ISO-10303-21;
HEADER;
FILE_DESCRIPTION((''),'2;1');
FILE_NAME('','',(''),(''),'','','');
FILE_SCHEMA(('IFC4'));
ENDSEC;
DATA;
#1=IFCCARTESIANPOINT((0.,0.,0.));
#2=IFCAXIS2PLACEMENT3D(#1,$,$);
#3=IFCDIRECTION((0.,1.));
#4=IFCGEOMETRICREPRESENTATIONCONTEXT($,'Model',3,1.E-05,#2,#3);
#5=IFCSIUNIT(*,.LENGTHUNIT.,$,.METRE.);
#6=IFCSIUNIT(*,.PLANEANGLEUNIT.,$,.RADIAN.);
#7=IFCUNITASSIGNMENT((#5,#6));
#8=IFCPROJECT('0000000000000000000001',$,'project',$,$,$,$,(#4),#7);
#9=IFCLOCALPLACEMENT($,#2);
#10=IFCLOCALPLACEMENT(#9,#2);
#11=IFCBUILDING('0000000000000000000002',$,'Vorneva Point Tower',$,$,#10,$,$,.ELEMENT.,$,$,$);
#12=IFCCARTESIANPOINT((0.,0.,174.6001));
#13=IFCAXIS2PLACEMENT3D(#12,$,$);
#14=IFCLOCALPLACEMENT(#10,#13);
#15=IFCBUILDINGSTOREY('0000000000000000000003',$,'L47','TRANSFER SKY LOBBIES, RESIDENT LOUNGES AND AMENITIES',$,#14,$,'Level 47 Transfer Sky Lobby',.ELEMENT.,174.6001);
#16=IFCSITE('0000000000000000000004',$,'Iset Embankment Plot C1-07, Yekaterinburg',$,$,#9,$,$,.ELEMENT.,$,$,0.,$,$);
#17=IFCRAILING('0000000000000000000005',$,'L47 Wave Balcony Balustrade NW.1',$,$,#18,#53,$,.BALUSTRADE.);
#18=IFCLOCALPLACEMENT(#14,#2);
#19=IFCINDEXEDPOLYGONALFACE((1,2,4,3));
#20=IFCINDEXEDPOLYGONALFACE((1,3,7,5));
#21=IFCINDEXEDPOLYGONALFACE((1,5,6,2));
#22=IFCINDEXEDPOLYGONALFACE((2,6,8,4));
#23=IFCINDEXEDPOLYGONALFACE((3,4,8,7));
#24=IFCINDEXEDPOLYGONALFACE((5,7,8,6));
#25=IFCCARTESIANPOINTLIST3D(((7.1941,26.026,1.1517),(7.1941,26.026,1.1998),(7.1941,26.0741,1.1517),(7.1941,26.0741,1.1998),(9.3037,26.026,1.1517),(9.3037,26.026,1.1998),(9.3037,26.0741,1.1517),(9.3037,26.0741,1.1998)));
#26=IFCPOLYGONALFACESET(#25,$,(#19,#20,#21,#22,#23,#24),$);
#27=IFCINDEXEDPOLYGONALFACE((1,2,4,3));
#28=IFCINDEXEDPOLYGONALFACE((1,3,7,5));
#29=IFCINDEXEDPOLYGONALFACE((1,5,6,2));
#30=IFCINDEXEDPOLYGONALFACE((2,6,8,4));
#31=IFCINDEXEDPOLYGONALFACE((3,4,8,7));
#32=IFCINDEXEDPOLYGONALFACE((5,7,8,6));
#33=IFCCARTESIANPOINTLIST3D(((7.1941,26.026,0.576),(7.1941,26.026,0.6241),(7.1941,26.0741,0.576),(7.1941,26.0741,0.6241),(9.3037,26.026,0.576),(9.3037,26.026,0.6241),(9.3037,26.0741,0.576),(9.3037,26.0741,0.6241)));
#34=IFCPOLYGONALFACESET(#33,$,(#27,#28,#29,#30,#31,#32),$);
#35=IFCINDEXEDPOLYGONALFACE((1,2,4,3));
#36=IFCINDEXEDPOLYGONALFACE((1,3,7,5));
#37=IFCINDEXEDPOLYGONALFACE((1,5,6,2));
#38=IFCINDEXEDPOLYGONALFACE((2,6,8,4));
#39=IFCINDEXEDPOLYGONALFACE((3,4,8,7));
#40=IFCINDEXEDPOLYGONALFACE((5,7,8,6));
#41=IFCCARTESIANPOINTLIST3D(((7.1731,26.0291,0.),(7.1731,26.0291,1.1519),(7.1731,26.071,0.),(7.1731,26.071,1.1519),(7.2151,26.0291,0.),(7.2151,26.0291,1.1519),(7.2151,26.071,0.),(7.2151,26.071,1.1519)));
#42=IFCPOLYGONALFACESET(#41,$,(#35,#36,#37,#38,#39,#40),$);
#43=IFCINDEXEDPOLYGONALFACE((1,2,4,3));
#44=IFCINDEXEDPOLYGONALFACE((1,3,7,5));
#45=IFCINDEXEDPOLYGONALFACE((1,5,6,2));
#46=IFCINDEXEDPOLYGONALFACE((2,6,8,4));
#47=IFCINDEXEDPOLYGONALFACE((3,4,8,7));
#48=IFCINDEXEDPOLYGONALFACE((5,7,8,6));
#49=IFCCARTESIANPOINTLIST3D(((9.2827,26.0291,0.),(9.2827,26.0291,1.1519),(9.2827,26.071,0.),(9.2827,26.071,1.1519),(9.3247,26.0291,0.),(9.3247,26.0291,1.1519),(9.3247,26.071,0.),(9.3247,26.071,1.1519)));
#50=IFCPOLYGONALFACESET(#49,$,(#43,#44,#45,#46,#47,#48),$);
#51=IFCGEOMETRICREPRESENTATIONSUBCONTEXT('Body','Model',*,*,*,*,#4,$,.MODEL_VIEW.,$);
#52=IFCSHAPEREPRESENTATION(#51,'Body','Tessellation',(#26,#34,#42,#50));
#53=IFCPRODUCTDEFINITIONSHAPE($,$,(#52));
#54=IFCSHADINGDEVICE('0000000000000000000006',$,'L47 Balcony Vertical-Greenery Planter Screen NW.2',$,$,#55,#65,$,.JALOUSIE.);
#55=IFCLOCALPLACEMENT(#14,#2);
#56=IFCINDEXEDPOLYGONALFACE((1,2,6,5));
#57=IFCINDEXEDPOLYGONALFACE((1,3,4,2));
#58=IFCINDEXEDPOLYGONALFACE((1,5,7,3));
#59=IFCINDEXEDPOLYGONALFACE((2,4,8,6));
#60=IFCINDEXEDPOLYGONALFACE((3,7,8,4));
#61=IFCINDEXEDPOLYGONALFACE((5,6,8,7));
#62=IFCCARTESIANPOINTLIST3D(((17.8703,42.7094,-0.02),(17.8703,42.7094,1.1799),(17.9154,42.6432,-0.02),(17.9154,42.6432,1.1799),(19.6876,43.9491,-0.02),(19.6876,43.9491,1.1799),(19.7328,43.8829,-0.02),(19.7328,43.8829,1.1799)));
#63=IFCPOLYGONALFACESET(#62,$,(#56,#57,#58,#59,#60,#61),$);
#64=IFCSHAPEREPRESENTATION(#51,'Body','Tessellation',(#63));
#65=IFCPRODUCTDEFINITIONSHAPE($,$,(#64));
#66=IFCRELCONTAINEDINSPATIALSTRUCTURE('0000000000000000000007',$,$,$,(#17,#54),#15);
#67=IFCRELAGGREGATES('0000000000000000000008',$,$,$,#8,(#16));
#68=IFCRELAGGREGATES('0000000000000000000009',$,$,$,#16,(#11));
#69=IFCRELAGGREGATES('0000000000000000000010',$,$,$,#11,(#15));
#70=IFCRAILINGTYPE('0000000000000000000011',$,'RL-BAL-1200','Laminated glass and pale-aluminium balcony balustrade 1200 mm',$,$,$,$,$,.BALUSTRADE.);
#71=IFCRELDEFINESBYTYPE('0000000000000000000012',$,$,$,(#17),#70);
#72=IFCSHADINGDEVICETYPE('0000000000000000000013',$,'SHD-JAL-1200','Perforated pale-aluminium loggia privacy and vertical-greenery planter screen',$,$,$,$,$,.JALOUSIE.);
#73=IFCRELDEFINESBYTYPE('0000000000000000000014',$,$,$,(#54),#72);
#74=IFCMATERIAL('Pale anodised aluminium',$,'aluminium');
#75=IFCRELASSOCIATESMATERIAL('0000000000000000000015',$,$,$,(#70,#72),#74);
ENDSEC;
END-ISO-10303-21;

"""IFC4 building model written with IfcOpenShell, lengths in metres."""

from ifc_helpers import new_model, si_unit, direction, frame, origin, origin_2d, place, context, subcontext, project, spatial, rectangle, extrude, material, type_object, element, save


model = new_model("IFC4")

# Units and contexts
model_context = context("Model", 3, precision=1e-05, world=origin(), true_north=direction((0.0, 1.0)))
body_context = subcontext(model_context, "Body", "Model", "MODEL_VIEW")
ifc_project = project(units=[si_unit("LENGTHUNIT", "METRE"), si_unit("PLANEANGLEUNIT", "RADIAN")], contexts=[model_context])

# Site, building, storey
site_placement = place(None, origin())
site = spatial("IfcSite", under=ifc_project, at=site_placement, Name="Iset Embankment Plot C1-07, Yekaterinburg", CompositionType="ELEMENT", RefElevation=0.0)
building_placement = place(site_placement, origin())
building = spatial("IfcBuilding", under=site, at=building_placement, Name="Vorneva Point Tower", CompositionType="ELEMENT")
storey_placement = place(building_placement, frame((0.0, 0.0, 174.6001)))
storey = spatial("IfcBuildingStorey", under=building, at=storey_placement, Name="L47", Description="TRANSFER SKY LOBBIES, RESIDENT LOUNGES AND AMENITIES", LongName="Level 47 Transfer Sky Lobby", CompositionType="ELEMENT", Elevation=174.6001)

# Shared definitions
ifc_material_1 = material(Name="Pale anodised aluminium", Category="aluminium")

# Railing
railing_type = type_object("IfcRailingType", Name="RL-BAL-1200", Description="Laminated glass and pale-aluminium balcony balustrade 1200 mm", PredefinedType="BALUSTRADE", material=ifc_material_1)
railing_placement = place(storey_placement, frame((7.1941, 26.05, 0.0)))
element("IfcRailing", 1, at=railing_placement, inside=storey, type_object=railing_type, Name="L47 Wave Balcony Balustrade NW.1", PredefinedType="BALUSTRADE", context=body_context, shape_type="SweptSolid", body=[
    extrude(rectangle(XDim=0.0481, YDim=0.0481, at=origin_2d()), frame((0.0, 0.0, 1.1758), z_axis=(1.0, 0.0, 0.0), x_axis=(0.0, 1.0, 0.0)), (0.0, 0.0, 1.0), 2.1096),
    extrude(rectangle(XDim=0.0481, YDim=0.0481, at=origin_2d()), frame((0.0, 0.0, 0.6001), z_axis=(1.0, 0.0, 0.0), x_axis=(0.0, 1.0, 0.0)), (0.0, 0.0, 1.0), 2.1096),
    extrude(rectangle(XDim=0.042, YDim=0.042, at=origin_2d()), origin(), (0.0, 0.0, 1.0), 1.1519),
    extrude(rectangle(XDim=0.042, YDim=0.042, at=origin_2d()), frame((2.1096, 0.0, 0.0)), (0.0, 0.0, 1.0), 1.1519),
])

# Shading device
shading_device_type = type_object("IfcShadingDeviceType", Name="SHD-JAL-1200", Description="Perforated pale-aluminium loggia privacy and vertical-greenery planter screen", PredefinedType="JALOUSIE", material=ifc_material_1)
shading_device_placement = place(storey_placement, frame((18.8015, 43.2961, -0.02), z_axis=(0.0, 0.0, 1.0), x_axis=(-0.826098, -0.563526, 0.0)))
element("IfcShadingDevice", 2, at=shading_device_placement, inside=storey, type_object=shading_device_type, Name="L47 Balcony Vertical-Greenery Planter Screen NW.2", PredefinedType="JALOUSIE", context=body_context, shape_type="SweptSolid", body=[
    extrude(rectangle(XDim=2.2, YDim=0.0801, at=origin_2d()), origin(), (0.0, 0.0, 1.0), 1.2),
])

save(model, "model.ifc")
